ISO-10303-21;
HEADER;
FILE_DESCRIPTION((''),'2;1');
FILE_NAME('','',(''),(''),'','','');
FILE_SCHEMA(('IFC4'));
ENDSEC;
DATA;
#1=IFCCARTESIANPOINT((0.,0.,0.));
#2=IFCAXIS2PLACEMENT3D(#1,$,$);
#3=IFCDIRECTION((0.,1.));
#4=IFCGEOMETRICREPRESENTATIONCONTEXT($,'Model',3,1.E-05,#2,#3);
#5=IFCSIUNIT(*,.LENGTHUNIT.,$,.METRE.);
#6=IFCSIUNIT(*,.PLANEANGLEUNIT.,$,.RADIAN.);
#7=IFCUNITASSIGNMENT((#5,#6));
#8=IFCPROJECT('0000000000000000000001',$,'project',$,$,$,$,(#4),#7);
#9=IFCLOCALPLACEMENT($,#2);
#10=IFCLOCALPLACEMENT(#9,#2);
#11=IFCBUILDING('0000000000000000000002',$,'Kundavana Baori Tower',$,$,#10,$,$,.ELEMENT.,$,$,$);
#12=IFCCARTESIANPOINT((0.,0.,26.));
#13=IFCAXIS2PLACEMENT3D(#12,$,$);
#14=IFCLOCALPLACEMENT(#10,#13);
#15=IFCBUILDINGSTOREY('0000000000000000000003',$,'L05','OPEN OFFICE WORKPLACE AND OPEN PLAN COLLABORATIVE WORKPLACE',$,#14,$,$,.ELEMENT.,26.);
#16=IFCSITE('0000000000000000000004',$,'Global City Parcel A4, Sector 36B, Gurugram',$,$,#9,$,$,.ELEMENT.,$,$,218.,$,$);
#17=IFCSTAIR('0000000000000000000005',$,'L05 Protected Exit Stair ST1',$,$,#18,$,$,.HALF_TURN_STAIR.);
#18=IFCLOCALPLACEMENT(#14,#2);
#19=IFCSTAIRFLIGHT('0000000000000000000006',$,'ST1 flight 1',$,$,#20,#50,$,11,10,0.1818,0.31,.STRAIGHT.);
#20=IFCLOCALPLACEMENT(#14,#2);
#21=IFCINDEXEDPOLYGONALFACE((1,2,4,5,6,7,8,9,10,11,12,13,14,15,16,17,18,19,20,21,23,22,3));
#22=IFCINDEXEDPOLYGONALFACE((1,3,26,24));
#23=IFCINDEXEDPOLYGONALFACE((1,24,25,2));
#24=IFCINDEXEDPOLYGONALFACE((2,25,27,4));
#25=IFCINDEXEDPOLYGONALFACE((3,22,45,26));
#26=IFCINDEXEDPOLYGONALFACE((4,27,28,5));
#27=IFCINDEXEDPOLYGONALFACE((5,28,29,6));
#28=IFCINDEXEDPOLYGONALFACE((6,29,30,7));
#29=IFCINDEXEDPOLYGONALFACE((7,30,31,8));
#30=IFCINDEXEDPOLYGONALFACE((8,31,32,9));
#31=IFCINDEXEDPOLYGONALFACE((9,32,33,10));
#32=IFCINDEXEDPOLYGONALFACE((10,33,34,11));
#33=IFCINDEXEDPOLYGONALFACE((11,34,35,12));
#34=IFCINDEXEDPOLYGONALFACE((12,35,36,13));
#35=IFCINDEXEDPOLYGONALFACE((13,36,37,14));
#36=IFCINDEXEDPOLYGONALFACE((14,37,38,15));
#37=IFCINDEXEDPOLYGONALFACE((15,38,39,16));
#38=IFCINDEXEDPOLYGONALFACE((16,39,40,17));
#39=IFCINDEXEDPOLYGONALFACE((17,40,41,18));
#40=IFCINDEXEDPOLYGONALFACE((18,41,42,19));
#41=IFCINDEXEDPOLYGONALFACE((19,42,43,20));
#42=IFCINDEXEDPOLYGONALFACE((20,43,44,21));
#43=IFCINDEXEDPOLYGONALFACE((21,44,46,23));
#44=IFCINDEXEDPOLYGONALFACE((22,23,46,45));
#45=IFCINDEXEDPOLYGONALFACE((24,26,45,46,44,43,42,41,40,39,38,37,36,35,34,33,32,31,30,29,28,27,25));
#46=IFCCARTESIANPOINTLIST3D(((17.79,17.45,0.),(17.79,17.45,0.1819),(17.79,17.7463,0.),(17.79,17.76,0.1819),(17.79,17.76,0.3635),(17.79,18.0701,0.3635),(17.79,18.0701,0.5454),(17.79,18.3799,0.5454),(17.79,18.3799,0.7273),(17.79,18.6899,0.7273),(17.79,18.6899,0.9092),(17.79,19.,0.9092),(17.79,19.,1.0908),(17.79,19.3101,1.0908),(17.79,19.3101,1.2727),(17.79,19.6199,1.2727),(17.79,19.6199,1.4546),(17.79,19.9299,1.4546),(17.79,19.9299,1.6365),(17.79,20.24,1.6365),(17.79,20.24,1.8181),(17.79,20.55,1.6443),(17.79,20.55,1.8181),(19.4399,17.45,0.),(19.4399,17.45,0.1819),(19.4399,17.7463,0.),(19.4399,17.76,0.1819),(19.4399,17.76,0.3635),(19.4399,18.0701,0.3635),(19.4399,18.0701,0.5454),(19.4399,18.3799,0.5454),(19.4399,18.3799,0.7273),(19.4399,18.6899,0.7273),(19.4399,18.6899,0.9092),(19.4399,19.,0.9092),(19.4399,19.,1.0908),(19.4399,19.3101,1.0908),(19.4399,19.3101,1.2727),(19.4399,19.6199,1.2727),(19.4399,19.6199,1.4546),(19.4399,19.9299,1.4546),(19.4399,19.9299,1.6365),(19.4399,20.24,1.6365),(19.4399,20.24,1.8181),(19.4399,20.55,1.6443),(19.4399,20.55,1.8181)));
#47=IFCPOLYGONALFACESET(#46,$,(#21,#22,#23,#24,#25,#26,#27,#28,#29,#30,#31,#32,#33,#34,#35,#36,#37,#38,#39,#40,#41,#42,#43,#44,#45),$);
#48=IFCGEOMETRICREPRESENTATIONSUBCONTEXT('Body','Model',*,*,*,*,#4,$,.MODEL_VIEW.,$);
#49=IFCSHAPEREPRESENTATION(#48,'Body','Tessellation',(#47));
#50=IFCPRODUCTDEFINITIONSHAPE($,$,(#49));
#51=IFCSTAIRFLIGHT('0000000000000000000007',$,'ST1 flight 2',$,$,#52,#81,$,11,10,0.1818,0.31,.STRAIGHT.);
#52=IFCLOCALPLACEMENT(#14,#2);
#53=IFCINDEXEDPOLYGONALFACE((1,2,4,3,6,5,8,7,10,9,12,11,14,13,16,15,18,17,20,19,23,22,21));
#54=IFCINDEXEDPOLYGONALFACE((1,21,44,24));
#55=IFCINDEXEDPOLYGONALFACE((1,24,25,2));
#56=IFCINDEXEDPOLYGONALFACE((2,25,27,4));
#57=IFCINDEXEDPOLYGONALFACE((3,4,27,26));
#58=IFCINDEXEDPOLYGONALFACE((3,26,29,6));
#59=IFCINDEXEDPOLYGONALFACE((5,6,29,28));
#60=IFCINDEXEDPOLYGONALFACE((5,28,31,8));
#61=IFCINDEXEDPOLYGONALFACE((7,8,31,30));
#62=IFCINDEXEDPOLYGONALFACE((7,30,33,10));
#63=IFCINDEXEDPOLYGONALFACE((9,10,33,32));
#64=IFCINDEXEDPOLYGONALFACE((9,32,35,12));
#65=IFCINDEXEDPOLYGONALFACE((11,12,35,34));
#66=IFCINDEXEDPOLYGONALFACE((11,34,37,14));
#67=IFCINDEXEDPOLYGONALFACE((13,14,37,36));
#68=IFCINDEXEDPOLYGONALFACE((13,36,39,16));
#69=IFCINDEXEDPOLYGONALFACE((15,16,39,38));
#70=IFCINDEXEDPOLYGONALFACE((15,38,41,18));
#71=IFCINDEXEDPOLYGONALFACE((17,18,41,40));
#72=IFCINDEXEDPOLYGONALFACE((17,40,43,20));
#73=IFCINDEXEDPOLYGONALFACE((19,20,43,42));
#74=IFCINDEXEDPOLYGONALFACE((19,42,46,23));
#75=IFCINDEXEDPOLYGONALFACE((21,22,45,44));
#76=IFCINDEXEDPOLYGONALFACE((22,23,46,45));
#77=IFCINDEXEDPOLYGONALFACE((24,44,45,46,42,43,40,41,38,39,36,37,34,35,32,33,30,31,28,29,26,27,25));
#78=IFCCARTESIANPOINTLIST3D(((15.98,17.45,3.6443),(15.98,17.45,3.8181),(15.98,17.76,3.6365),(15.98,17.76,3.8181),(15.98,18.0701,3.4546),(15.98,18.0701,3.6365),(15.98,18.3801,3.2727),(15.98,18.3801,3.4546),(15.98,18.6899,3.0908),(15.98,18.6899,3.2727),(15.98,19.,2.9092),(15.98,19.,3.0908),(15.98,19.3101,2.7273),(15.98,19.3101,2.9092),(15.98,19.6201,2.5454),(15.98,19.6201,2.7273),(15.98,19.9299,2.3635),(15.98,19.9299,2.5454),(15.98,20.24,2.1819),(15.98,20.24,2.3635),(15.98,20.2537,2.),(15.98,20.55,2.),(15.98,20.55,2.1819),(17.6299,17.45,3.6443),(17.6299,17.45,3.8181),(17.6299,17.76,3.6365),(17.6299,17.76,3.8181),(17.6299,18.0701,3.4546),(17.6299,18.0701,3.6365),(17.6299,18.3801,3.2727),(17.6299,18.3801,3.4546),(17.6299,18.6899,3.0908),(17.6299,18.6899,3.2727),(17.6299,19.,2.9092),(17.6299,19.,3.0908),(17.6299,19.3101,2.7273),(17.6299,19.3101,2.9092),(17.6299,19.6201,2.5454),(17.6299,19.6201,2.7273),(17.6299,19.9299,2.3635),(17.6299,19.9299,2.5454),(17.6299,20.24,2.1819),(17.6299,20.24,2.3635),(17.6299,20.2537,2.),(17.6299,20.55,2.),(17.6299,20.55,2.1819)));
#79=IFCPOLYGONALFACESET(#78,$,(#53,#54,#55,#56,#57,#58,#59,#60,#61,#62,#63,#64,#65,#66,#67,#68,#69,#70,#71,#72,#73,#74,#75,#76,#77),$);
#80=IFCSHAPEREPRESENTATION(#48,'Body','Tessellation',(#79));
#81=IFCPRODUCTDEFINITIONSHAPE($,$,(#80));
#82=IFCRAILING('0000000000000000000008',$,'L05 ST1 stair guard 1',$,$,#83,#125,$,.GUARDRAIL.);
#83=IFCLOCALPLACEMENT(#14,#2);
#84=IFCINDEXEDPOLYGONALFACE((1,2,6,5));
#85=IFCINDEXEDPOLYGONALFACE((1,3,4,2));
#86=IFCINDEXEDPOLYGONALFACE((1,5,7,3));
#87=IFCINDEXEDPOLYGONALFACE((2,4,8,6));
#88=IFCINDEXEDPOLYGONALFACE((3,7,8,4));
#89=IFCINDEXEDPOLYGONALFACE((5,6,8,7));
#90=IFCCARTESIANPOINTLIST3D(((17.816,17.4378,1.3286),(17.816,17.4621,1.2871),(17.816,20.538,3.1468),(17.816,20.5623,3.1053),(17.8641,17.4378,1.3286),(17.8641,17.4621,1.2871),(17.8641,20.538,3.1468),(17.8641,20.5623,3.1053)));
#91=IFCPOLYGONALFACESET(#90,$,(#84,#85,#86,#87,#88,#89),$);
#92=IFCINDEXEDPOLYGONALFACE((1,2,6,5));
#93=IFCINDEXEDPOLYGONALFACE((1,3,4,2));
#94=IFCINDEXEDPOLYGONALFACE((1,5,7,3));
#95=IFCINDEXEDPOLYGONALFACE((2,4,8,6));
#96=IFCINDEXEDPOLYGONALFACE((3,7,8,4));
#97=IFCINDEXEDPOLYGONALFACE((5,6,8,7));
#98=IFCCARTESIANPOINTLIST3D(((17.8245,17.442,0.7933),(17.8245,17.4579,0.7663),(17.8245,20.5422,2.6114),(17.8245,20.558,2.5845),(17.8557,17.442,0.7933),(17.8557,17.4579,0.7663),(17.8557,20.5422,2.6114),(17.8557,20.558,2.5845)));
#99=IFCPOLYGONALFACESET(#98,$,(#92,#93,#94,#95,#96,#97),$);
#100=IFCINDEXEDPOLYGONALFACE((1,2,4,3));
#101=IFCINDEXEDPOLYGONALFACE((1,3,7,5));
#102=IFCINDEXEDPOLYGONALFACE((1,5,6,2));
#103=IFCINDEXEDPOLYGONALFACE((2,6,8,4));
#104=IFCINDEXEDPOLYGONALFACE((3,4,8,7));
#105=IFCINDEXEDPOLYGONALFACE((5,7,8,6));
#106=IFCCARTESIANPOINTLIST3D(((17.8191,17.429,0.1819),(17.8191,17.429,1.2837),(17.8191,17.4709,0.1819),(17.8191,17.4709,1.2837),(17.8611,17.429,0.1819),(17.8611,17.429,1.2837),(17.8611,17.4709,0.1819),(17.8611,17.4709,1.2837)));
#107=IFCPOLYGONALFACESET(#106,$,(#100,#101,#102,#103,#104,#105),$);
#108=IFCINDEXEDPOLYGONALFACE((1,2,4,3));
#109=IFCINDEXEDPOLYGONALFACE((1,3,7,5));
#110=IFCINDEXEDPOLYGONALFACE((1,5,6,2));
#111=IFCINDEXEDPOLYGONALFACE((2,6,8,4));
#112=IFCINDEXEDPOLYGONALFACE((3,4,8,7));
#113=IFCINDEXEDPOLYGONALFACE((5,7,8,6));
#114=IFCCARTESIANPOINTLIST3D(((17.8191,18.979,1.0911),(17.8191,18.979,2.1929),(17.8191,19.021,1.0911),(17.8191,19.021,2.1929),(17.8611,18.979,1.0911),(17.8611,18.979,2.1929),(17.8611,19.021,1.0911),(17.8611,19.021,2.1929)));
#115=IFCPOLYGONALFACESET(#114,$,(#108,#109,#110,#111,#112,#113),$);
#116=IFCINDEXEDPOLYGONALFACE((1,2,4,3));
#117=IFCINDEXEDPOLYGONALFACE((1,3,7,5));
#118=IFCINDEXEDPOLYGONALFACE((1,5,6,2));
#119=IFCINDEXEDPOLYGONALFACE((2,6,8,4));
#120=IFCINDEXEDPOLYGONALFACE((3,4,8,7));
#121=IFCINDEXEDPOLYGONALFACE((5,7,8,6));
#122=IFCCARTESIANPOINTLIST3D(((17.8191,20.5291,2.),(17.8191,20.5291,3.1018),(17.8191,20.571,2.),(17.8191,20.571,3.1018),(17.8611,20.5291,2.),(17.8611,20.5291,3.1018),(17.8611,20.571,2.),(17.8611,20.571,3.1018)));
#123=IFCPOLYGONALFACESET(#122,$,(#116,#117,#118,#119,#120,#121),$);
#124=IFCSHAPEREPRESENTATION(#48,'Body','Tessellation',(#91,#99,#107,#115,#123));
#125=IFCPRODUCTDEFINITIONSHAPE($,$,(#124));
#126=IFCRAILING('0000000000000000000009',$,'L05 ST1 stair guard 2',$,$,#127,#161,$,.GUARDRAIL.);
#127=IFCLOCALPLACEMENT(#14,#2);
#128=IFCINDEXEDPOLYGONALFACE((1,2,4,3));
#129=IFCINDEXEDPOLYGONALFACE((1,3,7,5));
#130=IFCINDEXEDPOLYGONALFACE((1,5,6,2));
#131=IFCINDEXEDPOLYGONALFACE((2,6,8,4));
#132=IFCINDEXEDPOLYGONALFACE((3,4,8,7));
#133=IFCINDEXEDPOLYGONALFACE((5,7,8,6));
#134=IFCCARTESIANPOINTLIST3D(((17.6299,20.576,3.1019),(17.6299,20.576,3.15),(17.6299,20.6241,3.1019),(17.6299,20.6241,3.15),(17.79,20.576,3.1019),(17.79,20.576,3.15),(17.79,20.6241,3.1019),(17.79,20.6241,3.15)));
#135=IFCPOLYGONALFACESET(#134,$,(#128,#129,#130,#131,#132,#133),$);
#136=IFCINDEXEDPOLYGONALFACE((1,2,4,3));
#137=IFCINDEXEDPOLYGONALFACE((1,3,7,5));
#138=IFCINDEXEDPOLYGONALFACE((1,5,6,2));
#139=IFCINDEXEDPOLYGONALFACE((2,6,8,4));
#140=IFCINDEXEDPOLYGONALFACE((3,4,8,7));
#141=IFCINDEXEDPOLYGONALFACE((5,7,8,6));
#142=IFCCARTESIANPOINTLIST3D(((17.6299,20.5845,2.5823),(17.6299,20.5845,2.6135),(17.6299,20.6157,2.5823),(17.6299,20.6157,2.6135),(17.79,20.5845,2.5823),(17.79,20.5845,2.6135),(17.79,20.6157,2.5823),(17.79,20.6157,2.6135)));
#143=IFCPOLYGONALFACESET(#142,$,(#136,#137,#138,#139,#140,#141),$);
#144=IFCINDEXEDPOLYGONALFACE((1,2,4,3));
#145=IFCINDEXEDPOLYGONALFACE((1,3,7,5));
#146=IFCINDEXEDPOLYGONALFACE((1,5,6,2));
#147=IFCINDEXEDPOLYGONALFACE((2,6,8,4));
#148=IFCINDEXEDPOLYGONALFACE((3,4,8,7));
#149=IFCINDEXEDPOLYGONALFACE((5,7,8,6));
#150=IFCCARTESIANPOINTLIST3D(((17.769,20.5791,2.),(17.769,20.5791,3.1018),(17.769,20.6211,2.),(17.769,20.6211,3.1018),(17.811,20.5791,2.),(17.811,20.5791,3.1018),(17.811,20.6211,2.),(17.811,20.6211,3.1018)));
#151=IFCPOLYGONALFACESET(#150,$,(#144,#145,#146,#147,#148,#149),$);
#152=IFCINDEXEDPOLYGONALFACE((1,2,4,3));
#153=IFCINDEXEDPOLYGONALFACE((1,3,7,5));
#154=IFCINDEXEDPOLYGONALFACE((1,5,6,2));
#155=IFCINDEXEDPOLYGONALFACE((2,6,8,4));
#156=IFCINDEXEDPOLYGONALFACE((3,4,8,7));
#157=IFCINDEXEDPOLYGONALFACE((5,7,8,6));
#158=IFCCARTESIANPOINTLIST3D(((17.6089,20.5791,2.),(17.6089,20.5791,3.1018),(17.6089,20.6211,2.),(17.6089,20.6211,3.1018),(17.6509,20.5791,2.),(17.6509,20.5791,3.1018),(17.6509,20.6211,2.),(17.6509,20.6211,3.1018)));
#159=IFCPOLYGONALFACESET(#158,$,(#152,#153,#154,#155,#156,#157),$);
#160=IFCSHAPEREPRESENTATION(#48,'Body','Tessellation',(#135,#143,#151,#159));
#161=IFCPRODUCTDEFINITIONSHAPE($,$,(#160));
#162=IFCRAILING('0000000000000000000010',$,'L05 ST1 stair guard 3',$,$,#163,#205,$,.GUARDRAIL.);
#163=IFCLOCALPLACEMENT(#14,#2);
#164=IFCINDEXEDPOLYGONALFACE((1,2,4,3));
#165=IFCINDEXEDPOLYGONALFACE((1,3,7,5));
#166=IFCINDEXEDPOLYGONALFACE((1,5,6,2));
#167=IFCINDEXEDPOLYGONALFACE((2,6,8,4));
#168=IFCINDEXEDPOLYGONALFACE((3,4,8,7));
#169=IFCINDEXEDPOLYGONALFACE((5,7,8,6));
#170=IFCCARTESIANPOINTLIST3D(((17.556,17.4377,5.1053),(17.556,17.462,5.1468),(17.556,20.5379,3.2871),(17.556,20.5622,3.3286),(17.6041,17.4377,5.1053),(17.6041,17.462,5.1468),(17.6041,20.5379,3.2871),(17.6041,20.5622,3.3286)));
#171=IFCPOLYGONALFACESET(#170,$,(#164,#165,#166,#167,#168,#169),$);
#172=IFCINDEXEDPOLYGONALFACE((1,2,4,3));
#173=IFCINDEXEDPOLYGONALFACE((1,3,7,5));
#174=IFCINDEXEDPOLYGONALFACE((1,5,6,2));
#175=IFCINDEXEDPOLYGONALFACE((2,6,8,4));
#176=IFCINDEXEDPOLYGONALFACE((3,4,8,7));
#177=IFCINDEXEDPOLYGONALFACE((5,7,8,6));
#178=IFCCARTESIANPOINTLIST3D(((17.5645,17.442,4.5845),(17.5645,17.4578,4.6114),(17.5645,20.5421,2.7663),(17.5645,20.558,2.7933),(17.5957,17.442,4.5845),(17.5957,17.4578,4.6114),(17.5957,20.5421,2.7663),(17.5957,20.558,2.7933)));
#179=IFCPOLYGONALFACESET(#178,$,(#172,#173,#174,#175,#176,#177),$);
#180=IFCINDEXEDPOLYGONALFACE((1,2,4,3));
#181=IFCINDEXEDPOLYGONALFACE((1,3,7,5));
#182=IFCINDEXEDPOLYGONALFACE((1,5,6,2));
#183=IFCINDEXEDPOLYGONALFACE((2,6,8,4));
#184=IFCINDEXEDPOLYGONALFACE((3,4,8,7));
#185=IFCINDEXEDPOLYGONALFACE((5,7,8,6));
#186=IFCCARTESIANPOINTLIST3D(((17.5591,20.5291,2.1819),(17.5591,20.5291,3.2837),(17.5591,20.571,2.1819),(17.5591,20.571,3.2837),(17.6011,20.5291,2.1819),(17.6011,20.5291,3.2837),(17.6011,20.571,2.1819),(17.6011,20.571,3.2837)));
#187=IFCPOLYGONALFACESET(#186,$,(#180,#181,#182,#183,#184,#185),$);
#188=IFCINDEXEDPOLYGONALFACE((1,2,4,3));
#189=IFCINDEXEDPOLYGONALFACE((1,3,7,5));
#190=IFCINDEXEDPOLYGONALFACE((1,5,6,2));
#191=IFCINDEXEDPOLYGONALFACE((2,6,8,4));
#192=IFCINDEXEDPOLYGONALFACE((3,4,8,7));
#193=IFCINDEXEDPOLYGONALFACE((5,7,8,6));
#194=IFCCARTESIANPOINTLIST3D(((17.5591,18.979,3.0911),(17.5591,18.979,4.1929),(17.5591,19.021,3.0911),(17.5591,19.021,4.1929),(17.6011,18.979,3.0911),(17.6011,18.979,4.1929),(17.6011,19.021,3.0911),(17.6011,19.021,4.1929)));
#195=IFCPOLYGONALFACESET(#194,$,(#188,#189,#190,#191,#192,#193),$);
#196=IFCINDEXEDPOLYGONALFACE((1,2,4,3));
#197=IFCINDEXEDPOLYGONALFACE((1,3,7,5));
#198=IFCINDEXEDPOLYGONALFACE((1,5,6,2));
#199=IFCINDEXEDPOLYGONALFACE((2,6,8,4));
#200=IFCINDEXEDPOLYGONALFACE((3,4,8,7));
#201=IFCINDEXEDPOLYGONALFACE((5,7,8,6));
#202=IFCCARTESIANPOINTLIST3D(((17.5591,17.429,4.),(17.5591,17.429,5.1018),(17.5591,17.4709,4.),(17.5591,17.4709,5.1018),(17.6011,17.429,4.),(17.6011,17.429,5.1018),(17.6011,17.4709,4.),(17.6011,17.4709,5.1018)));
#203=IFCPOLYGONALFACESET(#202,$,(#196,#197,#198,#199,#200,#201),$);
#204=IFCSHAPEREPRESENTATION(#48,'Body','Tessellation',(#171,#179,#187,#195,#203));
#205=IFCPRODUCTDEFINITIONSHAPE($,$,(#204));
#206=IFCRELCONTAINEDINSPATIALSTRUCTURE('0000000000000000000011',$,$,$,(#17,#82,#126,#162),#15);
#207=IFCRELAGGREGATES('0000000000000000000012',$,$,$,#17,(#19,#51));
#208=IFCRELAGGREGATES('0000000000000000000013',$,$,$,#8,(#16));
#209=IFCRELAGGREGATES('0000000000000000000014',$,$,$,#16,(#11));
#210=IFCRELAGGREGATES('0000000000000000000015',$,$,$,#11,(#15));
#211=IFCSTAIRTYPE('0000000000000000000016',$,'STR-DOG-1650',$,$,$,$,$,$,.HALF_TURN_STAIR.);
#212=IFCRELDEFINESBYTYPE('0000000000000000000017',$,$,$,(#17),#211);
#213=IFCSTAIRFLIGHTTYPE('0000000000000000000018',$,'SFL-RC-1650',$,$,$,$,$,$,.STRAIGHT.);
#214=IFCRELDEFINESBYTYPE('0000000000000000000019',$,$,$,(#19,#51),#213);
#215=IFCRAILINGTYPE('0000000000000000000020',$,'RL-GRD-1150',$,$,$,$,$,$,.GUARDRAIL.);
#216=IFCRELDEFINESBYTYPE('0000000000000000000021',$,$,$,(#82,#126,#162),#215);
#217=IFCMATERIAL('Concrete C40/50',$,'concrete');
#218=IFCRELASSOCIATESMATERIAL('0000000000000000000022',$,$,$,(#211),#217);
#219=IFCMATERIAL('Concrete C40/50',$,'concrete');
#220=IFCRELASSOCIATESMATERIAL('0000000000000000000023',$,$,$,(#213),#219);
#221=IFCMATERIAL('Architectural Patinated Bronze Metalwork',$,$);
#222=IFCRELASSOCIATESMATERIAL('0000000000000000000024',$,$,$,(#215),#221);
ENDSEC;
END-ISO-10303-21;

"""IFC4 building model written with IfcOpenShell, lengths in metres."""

from ifc_helpers import new_model, si_unit, direction, frame, origin, origin_2d, place, context, subcontext, project, spatial, polyline, rectangle, outline, extrude, material, type_object, element, aggregate, save


model = new_model("IFC4")

# Units and contexts
model_context = context("Model", 3, precision=1e-05, world=origin(), true_north=direction((0.0, 1.0)))
body_context = subcontext(model_context, "Body", "Model", "MODEL_VIEW")
ifc_project = project(units=[si_unit("LENGTHUNIT", "METRE"), si_unit("PLANEANGLEUNIT", "RADIAN")], contexts=[model_context])

# Site, building, storey
site_placement = place(None, origin())
site = spatial("IfcSite", under=ifc_project, at=site_placement, Name="Global City Parcel A4, Sector 36B, Gurugram", CompositionType="ELEMENT", RefElevation=218.0)
building_placement = place(site_placement, origin())
building = spatial("IfcBuilding", under=site, at=building_placement, Name="Kundavana Baori Tower", CompositionType="ELEMENT")
storey_placement = place(building_placement, frame((0.0, 0.0, 26.0)))
storey = spatial("IfcBuildingStorey", under=building, at=storey_placement, Name="L05", Description="OPEN OFFICE WORKPLACE AND OPEN PLAN COLLABORATIVE WORKPLACE", CompositionType="ELEMENT", Elevation=26.0)

# Stair, stair flights
ifc_material_1 = material(Name="Concrete C40/50", Category="concrete")
stair_type = type_object("IfcStairType", Name="STR-DOG-1650", PredefinedType="HALF_TURN_STAIR", material=ifc_material_1)
stair_placement = place(storey_placement, origin())
stair = element("IfcStair", 1, at=stair_placement, inside=storey, type_object=stair_type, Name="L05 Protected Exit Stair ST1", PredefinedType="HALF_TURN_STAIR")
ifc_material_2 = material(Name="Concrete C40/50", Category="concrete")
stair_flight_type = type_object("IfcStairFlightType", Name="SFL-RC-1650", PredefinedType="STRAIGHT", material=ifc_material_2)
stair_flight_1_placement = place(storey_placement, frame((18.615, 17.45, 0.0), z_axis=(0.0, 0.0, 1.0), x_axis=(0.0, 1.0, 0.0)))
stair_flight_1 = element("IfcStairFlight", 2, at=stair_flight_1_placement, type_object=stair_flight_type, Name="ST1 flight 1", NumberOfRisers=11, NumberOfTreads=10, PredefinedType="STRAIGHT", RiserHeight=0.1818, TreadLength=0.31, context=body_context, shape_type="SweptSolid", body=[
    extrude(outline(polyline([(0.0, 0.0), (0.0, 0.1819), (0.3101, 0.1819), (0.3101, 0.3635), (0.6201, 0.3635), (0.6201, 0.5454), (0.9299, 0.5454), (0.9299, 0.7273), (1.24, 0.7273), (1.24, 0.9092), (1.55, 0.9092), (1.55, 1.0908), (1.8601, 1.0908), (1.8601, 1.2727), (2.1699, 1.2727), (2.1699, 1.4546), (2.48, 1.4546), (2.48, 1.6365), (2.79, 1.6365), (2.79, 1.8181), (3.1001, 1.8181), (3.1001, 2.0), (3.1001, 1.6443), (0.2964, 0.0), (0.0, 0.0)])), frame((0.0, 0.825, 0.0), z_axis=(0.0, -1.0, 0.0), x_axis=(1.0, 0.0, 0.0)), (0.0, 0.0, 1.0), 1.6499),
])
stair_flight_2_placement = place(storey_placement, frame((16.8049, 20.55, 2.0), z_axis=(0.0, 0.0, 1.0), x_axis=(0.0, -1.0, 0.0)))
stair_flight_2 = element("IfcStairFlight", 3, at=stair_flight_2_placement, type_object=stair_flight_type, Name="ST1 flight 2", NumberOfRisers=11, NumberOfTreads=10, PredefinedType="STRAIGHT", RiserHeight=0.1818, TreadLength=0.31, context=body_context, shape_type="SweptSolid", body=[
    extrude(outline(polyline([(0.0, 0.0), (0.0, 0.1819), (0.3101, 0.1819), (0.3101, 0.3635), (0.6201, 0.3635), (0.6201, 0.5454), (0.9299, 0.5454), (0.9299, 0.7273), (1.24, 0.7273), (1.24, 0.9092), (1.55, 0.9092), (1.55, 1.0908), (1.8601, 1.0908), (1.8601, 1.2727), (2.1699, 1.2727), (2.1699, 1.4546), (2.48, 1.4546), (2.48, 1.6365), (2.79, 1.6365), (2.79, 1.8181), (3.1001, 1.8181), (3.1001, 2.0), (3.1001, 1.6443), (0.2964, 0.0), (0.0, 0.0)])), frame((0.0, 0.825, 0.0), z_axis=(0.0, -1.0, 0.0), x_axis=(1.0, 0.0, 0.0)), (0.0, 0.0, 1.0), 1.6499),
])
aggregate(stair, [stair_flight_1, stair_flight_2])

# Railings
ifc_material_3 = material(Name="Architectural Patinated Bronze Metalwork")
railing_type_1 = type_object("IfcRailingType", Name="RL-GRD-1150", PredefinedType="GUARDRAIL", material=ifc_material_3)
railing_1_placement = place(storey_placement, frame((17.8401, 17.45, 0.1819)))
element("IfcRailing", 4, at=railing_1_placement, inside=storey, type_object=railing_type_1, Name="L05 ST1 stair guard 1", PredefinedType="GUARDRAIL", context=body_context, shape_type="SweptSolid", body=[
    extrude(rectangle(XDim=0.0481, YDim=0.0481, at=origin_2d()), frame((0.0, 0.0, 1.126), z_axis=(0.0, 0.862599, 0.505889), x_axis=(-1.0, 0.0, 0.0)), (0.0, 0.0, 1.0), 3.594),
    extrude(rectangle(XDim=0.0312, YDim=0.0312, at=origin_2d()), frame((0.0, 0.0, 0.5979), z_axis=(0.0, 0.862599, 0.505889), x_axis=(-1.0, 0.0, 0.0)), (0.0, 0.0, 1.0), 3.594),
    extrude(rectangle(XDim=0.042, YDim=0.042, at=origin_2d()), origin(), (0.0, 0.0, 1.0), 1.1018),
    extrude(rectangle(XDim=0.042, YDim=0.042, at=origin_2d()), frame((0.0, 1.55, 0.9092)), (0.0, 0.0, 1.0), 1.1018),
    extrude(rectangle(XDim=0.042, YDim=0.042, at=origin_2d()), frame((0.0, 3.1001, 1.8181)), (0.0, 0.0, 1.0), 1.1018),
])
railing_2_placement = place(storey_placement, frame((17.79, 20.6001, 2.0)))
element("IfcRailing", 5, at=railing_2_placement, inside=storey, type_object=railing_type_1, Name="L05 ST1 stair guard 2", PredefinedType="GUARDRAIL", context=body_context, shape_type="SweptSolid", body=[
    extrude(rectangle(XDim=0.0481, YDim=0.0481, at=origin_2d()), frame((0.0, 0.0, 1.126), z_axis=(-1.0, 0.0, 0.0), x_axis=(0.0, -1.0, 0.0)), (0.0, 0.0, 1.0), 0.1602),
    extrude(rectangle(XDim=0.0312, YDim=0.0312, at=origin_2d()), frame((0.0, 0.0, 0.5979), z_axis=(-1.0, 0.0, 0.0), x_axis=(0.0, -1.0, 0.0)), (0.0, 0.0, 1.0), 0.1602),
    extrude(rectangle(XDim=0.042, YDim=0.042, at=origin_2d()), origin(), (0.0, 0.0, 1.0), 1.1018),
    extrude(rectangle(XDim=0.042, YDim=0.042, at=origin_2d()), frame((-0.1602, 0.0, 0.0)), (0.0, 0.0, 1.0), 1.1018),
])
railing_3_placement = place(storey_placement, frame((17.5801, 20.55, 2.1819)))
element("IfcRailing", 6, at=railing_3_placement, inside=storey, type_object=railing_type_1, Name="L05 ST1 stair guard 3", PredefinedType="GUARDRAIL", context=body_context, shape_type="SweptSolid", body=[
    extrude(rectangle(XDim=0.0481, YDim=0.0481, at=origin_2d()), frame((0.0, 0.0, 1.126), z_axis=(0.0, -0.862599, 0.505889), x_axis=(1.0, 0.0, 0.0)), (0.0, 0.0, 1.0), 3.594),
    extrude(rectangle(XDim=0.0312, YDim=0.0312, at=origin_2d()), frame((0.0, 0.0, 0.5979), z_axis=(0.0, -0.862599, 0.505889), x_axis=(1.0, 0.0, 0.0)), (0.0, 0.0, 1.0), 3.594),
    extrude(rectangle(XDim=0.042, YDim=0.042, at=origin_2d()), origin(), (0.0, 0.0, 1.0), 1.1018),
    extrude(rectangle(XDim=0.042, YDim=0.042, at=origin_2d()), frame((0.0, -1.55, 0.9092)), (0.0, 0.0, 1.0), 1.1018),
    extrude(rectangle(XDim=0.042, YDim=0.042, at=origin_2d()), frame((0.0, -3.1001, 1.8181)), (0.0, 0.0, 1.0), 1.1018),
])

save(model, "model.ifc")
